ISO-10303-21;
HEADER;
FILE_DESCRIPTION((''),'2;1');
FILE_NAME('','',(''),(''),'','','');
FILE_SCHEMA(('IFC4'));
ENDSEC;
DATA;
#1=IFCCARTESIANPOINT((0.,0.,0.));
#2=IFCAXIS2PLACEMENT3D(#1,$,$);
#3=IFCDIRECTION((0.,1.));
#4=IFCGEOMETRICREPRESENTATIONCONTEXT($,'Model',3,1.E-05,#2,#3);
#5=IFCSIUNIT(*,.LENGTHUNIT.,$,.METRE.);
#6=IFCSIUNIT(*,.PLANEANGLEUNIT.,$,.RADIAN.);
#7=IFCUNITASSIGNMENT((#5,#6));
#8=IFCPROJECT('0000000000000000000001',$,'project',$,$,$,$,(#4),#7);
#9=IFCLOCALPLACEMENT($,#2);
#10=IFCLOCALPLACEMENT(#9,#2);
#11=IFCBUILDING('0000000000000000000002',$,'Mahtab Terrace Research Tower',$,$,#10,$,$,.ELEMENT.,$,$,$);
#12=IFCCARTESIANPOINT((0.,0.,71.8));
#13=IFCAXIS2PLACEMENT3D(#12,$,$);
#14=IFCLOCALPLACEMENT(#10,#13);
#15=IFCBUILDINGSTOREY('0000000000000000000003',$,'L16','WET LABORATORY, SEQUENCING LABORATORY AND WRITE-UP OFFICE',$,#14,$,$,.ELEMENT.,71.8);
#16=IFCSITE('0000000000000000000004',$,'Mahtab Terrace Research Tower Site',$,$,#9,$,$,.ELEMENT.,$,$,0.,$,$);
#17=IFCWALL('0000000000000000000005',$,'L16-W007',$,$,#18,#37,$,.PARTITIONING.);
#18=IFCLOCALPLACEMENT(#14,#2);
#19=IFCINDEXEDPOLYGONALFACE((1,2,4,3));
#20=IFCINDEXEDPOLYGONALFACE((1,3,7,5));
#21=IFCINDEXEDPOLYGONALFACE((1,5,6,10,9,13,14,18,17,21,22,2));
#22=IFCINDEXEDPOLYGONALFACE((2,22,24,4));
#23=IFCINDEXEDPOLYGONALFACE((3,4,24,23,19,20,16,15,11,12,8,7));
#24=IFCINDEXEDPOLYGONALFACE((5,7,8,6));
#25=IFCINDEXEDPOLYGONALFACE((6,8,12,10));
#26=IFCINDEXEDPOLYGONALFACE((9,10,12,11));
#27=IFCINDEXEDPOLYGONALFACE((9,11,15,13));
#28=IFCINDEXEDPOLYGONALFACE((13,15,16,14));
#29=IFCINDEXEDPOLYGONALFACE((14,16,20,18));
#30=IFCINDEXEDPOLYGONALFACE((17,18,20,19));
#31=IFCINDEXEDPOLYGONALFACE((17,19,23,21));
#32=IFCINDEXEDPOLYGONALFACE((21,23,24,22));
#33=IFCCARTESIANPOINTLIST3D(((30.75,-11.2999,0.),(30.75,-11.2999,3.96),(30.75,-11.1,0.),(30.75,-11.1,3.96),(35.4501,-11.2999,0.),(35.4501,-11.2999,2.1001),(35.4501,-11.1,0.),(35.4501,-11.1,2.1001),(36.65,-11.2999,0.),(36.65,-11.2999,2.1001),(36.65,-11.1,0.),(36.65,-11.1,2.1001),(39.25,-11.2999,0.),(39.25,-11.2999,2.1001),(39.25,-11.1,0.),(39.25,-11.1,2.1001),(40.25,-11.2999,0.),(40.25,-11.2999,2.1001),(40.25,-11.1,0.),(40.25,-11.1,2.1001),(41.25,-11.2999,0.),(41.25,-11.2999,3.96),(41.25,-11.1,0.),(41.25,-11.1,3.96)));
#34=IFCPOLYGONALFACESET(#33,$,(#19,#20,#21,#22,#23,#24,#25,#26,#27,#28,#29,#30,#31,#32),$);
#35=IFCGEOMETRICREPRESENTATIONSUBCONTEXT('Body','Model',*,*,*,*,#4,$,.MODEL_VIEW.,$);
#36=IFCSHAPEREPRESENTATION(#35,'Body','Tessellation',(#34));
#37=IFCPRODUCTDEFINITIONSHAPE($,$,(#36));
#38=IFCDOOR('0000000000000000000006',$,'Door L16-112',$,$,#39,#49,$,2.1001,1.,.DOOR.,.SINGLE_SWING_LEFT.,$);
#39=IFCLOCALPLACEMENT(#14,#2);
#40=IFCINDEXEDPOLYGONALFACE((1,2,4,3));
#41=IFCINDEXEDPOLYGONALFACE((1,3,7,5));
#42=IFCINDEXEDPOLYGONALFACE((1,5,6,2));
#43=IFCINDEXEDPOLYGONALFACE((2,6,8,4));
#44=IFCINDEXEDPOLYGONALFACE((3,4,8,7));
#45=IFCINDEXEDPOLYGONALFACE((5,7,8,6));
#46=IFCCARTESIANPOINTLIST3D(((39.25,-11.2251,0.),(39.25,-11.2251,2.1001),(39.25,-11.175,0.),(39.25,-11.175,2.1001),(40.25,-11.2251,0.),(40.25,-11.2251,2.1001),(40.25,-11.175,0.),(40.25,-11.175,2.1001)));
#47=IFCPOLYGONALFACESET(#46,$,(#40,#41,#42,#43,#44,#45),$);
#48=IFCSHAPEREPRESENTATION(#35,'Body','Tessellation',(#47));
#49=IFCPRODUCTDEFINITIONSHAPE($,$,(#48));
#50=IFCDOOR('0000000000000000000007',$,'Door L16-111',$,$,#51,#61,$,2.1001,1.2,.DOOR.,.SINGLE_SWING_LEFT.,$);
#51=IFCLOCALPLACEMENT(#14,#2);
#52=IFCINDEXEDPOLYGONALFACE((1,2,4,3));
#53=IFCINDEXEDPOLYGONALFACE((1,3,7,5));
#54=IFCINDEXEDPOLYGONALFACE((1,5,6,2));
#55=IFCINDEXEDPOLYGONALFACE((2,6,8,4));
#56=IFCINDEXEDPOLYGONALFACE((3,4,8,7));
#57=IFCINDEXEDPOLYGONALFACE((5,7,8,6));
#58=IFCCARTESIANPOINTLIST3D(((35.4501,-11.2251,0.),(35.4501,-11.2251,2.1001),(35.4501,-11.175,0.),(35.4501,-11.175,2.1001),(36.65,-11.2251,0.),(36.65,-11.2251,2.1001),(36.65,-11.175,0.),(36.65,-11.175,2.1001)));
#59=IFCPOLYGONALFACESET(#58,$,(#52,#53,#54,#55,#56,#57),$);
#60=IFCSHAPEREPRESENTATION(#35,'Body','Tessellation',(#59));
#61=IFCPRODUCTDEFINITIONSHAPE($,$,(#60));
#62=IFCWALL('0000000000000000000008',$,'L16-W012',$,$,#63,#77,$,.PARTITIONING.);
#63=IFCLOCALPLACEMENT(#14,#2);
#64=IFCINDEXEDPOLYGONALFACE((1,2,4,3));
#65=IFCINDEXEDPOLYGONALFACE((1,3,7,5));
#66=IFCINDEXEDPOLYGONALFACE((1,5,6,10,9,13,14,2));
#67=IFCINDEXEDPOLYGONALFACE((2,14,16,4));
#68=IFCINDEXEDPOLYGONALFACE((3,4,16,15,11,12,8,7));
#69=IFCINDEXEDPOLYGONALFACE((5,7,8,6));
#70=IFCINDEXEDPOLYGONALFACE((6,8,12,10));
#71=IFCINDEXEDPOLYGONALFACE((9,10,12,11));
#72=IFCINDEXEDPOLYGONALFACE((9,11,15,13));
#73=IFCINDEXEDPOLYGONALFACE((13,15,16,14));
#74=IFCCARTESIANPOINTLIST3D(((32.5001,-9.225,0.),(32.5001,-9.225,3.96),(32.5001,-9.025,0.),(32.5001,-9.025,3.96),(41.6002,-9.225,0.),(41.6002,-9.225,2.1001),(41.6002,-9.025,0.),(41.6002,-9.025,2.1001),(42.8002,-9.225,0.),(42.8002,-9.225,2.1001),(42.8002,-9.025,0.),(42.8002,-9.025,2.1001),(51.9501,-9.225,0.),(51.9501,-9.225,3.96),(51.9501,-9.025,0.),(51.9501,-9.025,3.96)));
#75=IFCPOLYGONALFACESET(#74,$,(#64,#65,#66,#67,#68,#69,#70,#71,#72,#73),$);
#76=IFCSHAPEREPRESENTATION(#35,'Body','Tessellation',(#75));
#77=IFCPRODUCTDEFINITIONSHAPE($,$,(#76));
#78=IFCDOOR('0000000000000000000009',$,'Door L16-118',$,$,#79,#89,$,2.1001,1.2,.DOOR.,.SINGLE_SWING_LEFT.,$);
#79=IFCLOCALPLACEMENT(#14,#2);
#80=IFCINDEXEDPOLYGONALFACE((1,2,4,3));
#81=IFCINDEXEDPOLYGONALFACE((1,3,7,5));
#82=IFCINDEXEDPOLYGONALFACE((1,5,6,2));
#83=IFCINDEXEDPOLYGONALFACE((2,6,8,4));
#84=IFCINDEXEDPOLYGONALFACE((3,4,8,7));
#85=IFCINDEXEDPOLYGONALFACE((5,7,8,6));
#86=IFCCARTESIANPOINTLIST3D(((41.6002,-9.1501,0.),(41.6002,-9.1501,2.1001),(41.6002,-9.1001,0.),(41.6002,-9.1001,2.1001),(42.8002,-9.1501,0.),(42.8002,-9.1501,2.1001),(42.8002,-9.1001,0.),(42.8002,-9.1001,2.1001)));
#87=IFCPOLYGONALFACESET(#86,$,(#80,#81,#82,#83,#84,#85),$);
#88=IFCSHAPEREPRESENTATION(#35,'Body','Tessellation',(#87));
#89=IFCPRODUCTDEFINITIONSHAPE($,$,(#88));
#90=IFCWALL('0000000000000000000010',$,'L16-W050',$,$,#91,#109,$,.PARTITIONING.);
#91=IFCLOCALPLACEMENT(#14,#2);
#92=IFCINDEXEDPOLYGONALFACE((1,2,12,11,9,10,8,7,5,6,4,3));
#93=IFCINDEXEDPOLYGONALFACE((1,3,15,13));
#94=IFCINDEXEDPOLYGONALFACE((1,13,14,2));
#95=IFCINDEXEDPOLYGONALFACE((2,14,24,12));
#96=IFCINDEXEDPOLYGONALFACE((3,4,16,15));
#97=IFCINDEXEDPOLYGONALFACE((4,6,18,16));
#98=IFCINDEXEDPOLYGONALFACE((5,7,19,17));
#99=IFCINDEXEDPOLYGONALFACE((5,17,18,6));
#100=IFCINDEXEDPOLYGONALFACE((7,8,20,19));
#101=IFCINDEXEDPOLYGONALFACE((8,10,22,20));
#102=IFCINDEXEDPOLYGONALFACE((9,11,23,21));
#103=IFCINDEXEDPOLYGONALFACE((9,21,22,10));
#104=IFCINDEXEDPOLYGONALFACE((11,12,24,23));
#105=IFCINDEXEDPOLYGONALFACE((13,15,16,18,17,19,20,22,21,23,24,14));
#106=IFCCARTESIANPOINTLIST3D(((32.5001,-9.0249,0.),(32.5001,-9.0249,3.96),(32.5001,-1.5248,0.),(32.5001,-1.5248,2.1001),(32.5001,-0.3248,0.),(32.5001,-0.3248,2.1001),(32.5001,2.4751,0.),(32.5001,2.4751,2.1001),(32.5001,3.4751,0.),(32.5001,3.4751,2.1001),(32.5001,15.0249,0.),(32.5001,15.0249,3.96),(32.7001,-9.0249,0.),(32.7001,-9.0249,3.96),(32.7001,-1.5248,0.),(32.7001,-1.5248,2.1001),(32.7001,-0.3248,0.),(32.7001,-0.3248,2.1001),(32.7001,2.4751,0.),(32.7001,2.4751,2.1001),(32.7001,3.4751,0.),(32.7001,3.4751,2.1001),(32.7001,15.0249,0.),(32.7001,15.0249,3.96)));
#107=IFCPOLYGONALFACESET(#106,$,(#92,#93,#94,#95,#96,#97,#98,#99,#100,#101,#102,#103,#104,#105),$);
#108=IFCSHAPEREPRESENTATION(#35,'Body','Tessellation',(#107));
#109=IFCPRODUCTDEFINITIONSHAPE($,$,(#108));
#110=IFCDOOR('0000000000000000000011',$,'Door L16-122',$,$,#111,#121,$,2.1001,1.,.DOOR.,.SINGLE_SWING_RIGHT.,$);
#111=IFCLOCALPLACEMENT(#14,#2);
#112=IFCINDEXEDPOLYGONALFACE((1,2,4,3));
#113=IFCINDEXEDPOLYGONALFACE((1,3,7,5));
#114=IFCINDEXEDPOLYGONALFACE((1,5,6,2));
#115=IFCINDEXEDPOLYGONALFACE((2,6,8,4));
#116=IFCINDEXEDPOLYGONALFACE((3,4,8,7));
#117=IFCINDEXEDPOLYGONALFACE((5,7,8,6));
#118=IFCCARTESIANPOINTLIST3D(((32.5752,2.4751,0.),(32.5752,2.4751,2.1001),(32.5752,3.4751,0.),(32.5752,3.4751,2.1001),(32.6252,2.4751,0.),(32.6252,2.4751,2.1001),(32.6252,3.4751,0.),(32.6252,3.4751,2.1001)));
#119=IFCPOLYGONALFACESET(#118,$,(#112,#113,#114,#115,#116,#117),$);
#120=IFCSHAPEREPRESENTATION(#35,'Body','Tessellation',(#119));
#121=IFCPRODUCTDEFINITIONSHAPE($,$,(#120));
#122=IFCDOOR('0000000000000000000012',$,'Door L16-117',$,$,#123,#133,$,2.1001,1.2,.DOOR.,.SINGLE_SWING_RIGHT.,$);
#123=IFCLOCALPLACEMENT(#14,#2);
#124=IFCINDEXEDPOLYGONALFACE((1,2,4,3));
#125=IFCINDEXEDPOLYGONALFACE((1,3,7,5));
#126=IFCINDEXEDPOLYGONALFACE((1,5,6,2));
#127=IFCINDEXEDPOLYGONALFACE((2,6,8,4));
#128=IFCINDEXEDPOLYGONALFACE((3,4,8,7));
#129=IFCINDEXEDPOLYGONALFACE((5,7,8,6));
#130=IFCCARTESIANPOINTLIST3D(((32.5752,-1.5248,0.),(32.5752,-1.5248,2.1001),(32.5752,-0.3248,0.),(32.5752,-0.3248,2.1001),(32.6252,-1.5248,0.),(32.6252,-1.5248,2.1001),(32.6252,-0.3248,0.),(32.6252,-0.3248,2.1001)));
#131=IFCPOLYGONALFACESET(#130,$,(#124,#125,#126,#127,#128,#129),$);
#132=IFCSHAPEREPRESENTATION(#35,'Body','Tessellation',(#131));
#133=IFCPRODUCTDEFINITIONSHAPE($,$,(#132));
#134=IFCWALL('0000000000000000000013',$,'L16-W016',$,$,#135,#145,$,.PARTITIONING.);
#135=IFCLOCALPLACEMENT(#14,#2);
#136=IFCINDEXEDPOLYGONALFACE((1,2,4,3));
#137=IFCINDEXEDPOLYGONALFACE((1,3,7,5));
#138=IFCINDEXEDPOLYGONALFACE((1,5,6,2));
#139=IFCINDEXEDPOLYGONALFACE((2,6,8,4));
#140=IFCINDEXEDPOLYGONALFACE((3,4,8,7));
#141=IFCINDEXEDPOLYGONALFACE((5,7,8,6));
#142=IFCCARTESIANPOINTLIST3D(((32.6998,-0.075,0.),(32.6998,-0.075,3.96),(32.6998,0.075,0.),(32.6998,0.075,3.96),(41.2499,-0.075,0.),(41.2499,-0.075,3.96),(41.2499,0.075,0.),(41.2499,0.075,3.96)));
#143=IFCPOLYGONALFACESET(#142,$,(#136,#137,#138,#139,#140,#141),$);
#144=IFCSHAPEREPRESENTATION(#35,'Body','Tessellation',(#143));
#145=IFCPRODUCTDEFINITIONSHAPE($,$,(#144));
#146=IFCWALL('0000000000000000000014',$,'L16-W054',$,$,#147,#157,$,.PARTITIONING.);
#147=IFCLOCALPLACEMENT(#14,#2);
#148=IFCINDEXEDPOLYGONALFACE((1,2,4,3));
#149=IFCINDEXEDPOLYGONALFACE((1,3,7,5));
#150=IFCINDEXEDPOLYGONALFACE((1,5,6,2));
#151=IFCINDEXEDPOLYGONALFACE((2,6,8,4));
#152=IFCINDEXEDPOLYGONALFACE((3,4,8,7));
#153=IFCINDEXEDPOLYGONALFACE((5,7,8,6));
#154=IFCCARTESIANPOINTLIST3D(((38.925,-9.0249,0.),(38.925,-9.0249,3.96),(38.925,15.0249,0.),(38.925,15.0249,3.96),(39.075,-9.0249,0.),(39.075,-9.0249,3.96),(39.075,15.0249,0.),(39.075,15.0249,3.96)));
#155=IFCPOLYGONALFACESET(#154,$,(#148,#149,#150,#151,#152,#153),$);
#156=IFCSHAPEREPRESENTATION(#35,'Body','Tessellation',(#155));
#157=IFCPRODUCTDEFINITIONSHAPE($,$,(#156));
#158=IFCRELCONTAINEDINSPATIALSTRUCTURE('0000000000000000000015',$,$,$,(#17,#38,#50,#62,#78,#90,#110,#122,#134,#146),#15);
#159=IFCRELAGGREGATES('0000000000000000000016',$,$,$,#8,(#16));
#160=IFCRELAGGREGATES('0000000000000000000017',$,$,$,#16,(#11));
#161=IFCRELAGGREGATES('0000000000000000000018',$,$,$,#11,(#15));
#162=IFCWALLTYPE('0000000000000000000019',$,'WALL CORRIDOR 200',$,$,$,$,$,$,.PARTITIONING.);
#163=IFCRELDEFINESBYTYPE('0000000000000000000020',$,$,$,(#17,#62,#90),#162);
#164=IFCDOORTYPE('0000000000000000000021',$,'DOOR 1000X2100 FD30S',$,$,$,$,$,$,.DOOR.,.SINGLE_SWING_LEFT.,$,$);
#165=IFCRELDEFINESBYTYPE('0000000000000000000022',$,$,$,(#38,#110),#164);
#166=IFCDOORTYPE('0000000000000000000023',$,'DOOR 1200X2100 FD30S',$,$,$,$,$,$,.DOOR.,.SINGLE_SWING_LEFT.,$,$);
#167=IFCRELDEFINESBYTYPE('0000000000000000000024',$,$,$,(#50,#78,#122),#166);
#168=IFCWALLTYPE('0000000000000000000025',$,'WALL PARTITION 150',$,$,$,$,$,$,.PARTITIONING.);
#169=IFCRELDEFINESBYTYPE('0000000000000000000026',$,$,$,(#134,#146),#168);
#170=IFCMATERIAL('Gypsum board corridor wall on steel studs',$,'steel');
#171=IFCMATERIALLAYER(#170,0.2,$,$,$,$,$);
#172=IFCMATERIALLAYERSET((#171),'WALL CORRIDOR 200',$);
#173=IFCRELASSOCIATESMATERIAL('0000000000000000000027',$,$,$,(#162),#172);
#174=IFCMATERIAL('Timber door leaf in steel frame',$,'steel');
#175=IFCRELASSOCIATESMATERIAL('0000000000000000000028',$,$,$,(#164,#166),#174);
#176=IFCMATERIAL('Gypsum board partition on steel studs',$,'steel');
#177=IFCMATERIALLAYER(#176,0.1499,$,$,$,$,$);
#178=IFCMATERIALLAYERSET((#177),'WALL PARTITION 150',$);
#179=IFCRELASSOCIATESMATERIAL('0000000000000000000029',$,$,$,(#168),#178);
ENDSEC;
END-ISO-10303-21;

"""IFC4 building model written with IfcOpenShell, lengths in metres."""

from ifc_helpers import new_model, si_unit, direction, frame, frame_2d, origin, place, context, subcontext, project, spatial, rectangle, extrude, material, layer, layer_set, type_object, element, fill, save


model = new_model("IFC4")

# Units and contexts
model_context = context("Model", 3, precision=1e-05, world=origin(), true_north=direction((0.0, 1.0)))
body_context = subcontext(model_context, "Body", "Model", "MODEL_VIEW")
ifc_project = project(units=[si_unit("LENGTHUNIT", "METRE"), si_unit("PLANEANGLEUNIT", "RADIAN")], contexts=[model_context])

# Site, building, storey
site_placement = place(None, origin())
site = spatial("IfcSite", under=ifc_project, at=site_placement, Name="Mahtab Terrace Research Tower Site", CompositionType="ELEMENT", RefElevation=0.0)
building_placement = place(site_placement, origin())
building = spatial("IfcBuilding", under=site, at=building_placement, Name="Mahtab Terrace Research Tower", CompositionType="ELEMENT")
storey_placement = place(building_placement, frame((0.0, 0.0, 71.8)))
storey = spatial("IfcBuildingStorey", under=building, at=storey_placement, Name="L16", Description="WET LABORATORY, SEQUENCING LABORATORY AND WRITE-UP OFFICE", CompositionType="ELEMENT", Elevation=71.8)

# Wall, openings, doors
ifc_material_1 = material(Name="Gypsum board corridor wall on steel studs", Category="steel")
ifc_layer_1 = layer(ifc_material_1, 0.2)
ifc_layer_set_1 = layer_set([ifc_layer_1], Name="WALL CORRIDOR 200")
wall_type_1 = type_object("IfcWallType", Name="WALL CORRIDOR 200", PredefinedType="PARTITIONING", material=ifc_layer_set_1)
wall_1_placement = place(storey_placement, frame((30.75, -11.2, 0.0), z_axis=(0.0, 0.0, 1.0), x_axis=(1.0, 0.0, 0.0)))
wall_1 = element("IfcWall", 1, at=wall_1_placement, inside=storey, type_object=wall_type_1, Name="L16-W007", PredefinedType="PARTITIONING", context=body_context, shape_type="SweptSolid", body=[
    extrude(rectangle(XDim=10.5, YDim=0.2, at=frame_2d((5.25, 0.0))), origin(), (0.0, 0.0, 1.0), 3.96),
])
opening_1_placement = place(wall_1_placement, frame((4.7, 0.0, 0.0)))
opening_1 = element("IfcOpeningElement", 2, at=opening_1_placement, cuts=wall_1, PredefinedType="OPENING", context=body_context, shape_type="SweptSolid", body=[
    extrude(rectangle(XDim=1.2, YDim=2.1001, at=frame_2d((0.6001, 1.05))), frame((0.0, 0.1099, 0.0), z_axis=(0.0, -1.0, 0.0), x_axis=(1.0, 0.0, 0.0)), (0.0, 0.0, 1.0), 0.22),
])
opening_2_placement = place(wall_1_placement, frame((8.5, 0.0, 0.0)))
opening_2 = element("IfcOpeningElement", 3, at=opening_2_placement, cuts=wall_1, PredefinedType="OPENING", context=body_context, shape_type="SweptSolid", body=[
    extrude(rectangle(XDim=1.0, YDim=2.1001, at=frame_2d((0.5, 1.05))), frame((0.0, 0.1099, 0.0), z_axis=(0.0, -1.0, 0.0), x_axis=(1.0, 0.0, 0.0)), (0.0, 0.0, 1.0), 0.22),
])
ifc_material_2 = material(Name="Timber door leaf in steel frame", Category="steel")
door_type_1 = type_object("IfcDoorType", Name="DOOR 1000X2100 FD30S", OperationType="SINGLE_SWING_LEFT", PredefinedType="DOOR", material=ifc_material_2)
door_1_placement = place(opening_2_placement, origin())
door_1 = element("IfcDoor", 4, at=door_1_placement, inside=storey, type_object=door_type_1, Name="Door L16-112", OperationType="SINGLE_SWING_LEFT", OverallHeight=2.1001, OverallWidth=1.0, PredefinedType="DOOR", context=body_context, shape_type="SweptSolid", body=[
    extrude(rectangle(XDim=1.0, YDim=2.1001, at=frame_2d((0.5, 1.05))), frame((0.0, 0.0249, 0.0), z_axis=(0.0, -1.0, 0.0), x_axis=(1.0, 0.0, 0.0)), (0.0, 0.0, 1.0), 0.05),
])
fill(opening_2, door_1)
door_type_2 = type_object("IfcDoorType", Name="DOOR 1200X2100 FD30S", OperationType="SINGLE_SWING_LEFT", PredefinedType="DOOR", material=ifc_material_2)
door_2_placement = place(opening_1_placement, origin())
door_2 = element("IfcDoor", 5, at=door_2_placement, inside=storey, type_object=door_type_2, Name="Door L16-111", OperationType="SINGLE_SWING_LEFT", OverallHeight=2.1001, OverallWidth=1.2, PredefinedType="DOOR", context=body_context, shape_type="SweptSolid", body=[
    extrude(rectangle(XDim=1.2, YDim=2.1001, at=frame_2d((0.6001, 1.05))), frame((0.0, 0.0249, 0.0), z_axis=(0.0, -1.0, 0.0), x_axis=(1.0, 0.0, 0.0)), (0.0, 0.0, 1.0), 0.05),
])
fill(opening_1, door_2)

# Wall, opening, door
wall_2_placement = place(storey_placement, frame((32.5, -9.125, 0.0), z_axis=(0.0, 0.0, 1.0), x_axis=(1.0, 0.0, 0.0)))
wall_2 = element("IfcWall", 6, at=wall_2_placement, inside=storey, type_object=wall_type_1, Name="L16-W012", PredefinedType="PARTITIONING", context=body_context, shape_type="SweptSolid", body=[
    extrude(rectangle(XDim=19.45, YDim=0.2, at=frame_2d((9.7251, 0.0))), origin(), (0.0, 0.0, 1.0), 3.96),
])
opening_3_placement = place(wall_2_placement, frame((9.1001, 0.0, 0.0)))
opening_3 = element("IfcOpeningElement", 7, at=opening_3_placement, cuts=wall_2, PredefinedType="OPENING", context=body_context, shape_type="SweptSolid", body=[
    extrude(rectangle(XDim=1.2, YDim=2.1001, at=frame_2d((0.6001, 1.05))), frame((0.0, 0.1099, 0.0), z_axis=(0.0, -1.0, 0.0), x_axis=(1.0, 0.0, 0.0)), (0.0, 0.0, 1.0), 0.22),
])
door_3_placement = place(opening_3_placement, origin())
door_3 = element("IfcDoor", 8, at=door_3_placement, inside=storey, type_object=door_type_2, Name="Door L16-118", OperationType="SINGLE_SWING_LEFT", OverallHeight=2.1001, OverallWidth=1.2, PredefinedType="DOOR", context=body_context, shape_type="SweptSolid", body=[
    extrude(rectangle(XDim=1.2, YDim=2.1001, at=frame_2d((0.6001, 1.05))), frame((0.0, 0.0249, 0.0), z_axis=(0.0, -1.0, 0.0), x_axis=(1.0, 0.0, 0.0)), (0.0, 0.0, 1.0), 0.05),
])
fill(opening_3, door_3)

# Wall, openings, doors
wall_3_placement = place(storey_placement, frame((32.6001, -9.0249, 0.0), z_axis=(0.0, 0.0, 1.0), x_axis=(0.0, 1.0, 0.0)))
wall_3 = element("IfcWall", 9, at=wall_3_placement, inside=storey, type_object=wall_type_1, Name="L16-W050", PredefinedType="PARTITIONING", context=body_context, shape_type="SweptSolid", body=[
    extrude(rectangle(XDim=24.0498, YDim=0.2, at=frame_2d((12.0249, 0.0))), origin(), (0.0, 0.0, 1.0), 3.96),
])
opening_4_placement = place(wall_3_placement, frame((7.5, 0.0, 0.0)))
opening_4 = element("IfcOpeningElement", 10, at=opening_4_placement, cuts=wall_3, PredefinedType="OPENING", context=body_context, shape_type="SweptSolid", body=[
    extrude(rectangle(XDim=1.2, YDim=2.1001, at=frame_2d((0.6001, 1.05))), frame((0.0, 0.1099, 0.0), z_axis=(0.0, -1.0, 0.0), x_axis=(1.0, 0.0, 0.0)), (0.0, 0.0, 1.0), 0.22),
])
opening_5_placement = place(wall_3_placement, frame((11.5, 0.0, 0.0)))
opening_5 = element("IfcOpeningElement", 11, at=opening_5_placement, cuts=wall_3, PredefinedType="OPENING", context=body_context, shape_type="SweptSolid", body=[
    extrude(rectangle(XDim=1.0, YDim=2.1001, at=frame_2d((0.5, 1.05))), frame((0.0, 0.1099, 0.0), z_axis=(0.0, -1.0, 0.0), x_axis=(1.0, 0.0, 0.0)), (0.0, 0.0, 1.0), 0.22),
])
door_4_placement = place(opening_5_placement, origin())
door_4 = element("IfcDoor", 12, at=door_4_placement, inside=storey, type_object=door_type_1, Name="Door L16-122", OperationType="SINGLE_SWING_RIGHT", OverallHeight=2.1001, OverallWidth=1.0, PredefinedType="DOOR", context=body_context, shape_type="SweptSolid", body=[
    extrude(rectangle(XDim=1.0, YDim=2.1001, at=frame_2d((0.5, 1.05))), frame((0.0, 0.0249, 0.0), z_axis=(0.0, -1.0, 0.0), x_axis=(1.0, 0.0, 0.0)), (0.0, 0.0, 1.0), 0.05),
])
fill(opening_5, door_4)
door_5_placement = place(opening_4_placement, origin())
door_5 = element("IfcDoor", 13, at=door_5_placement, inside=storey, type_object=door_type_2, Name="Door L16-117", OperationType="SINGLE_SWING_RIGHT", OverallHeight=2.1001, OverallWidth=1.2, PredefinedType="DOOR", context=body_context, shape_type="SweptSolid", body=[
    extrude(rectangle(XDim=1.2, YDim=2.1001, at=frame_2d((0.6001, 1.05))), frame((0.0, 0.0249, 0.0), z_axis=(0.0, -1.0, 0.0), x_axis=(1.0, 0.0, 0.0)), (0.0, 0.0, 1.0), 0.05),
])
fill(opening_4, door_5)

# Walls
ifc_material_3 = material(Name="Gypsum board partition on steel studs", Category="steel")
ifc_layer_2 = layer(ifc_material_3, 0.1499)
ifc_layer_set_2 = layer_set([ifc_layer_2], Name="WALL PARTITION 150")
wall_type_2 = type_object("IfcWallType", Name="WALL PARTITION 150", PredefinedType="PARTITIONING", material=ifc_layer_set_2)
wall_4_placement = place(storey_placement, frame((32.7, 0.0, 0.0), z_axis=(0.0, 0.0, 1.0), x_axis=(1.0, 0.0, 0.0)))
element("IfcWall", 14, at=wall_4_placement, inside=storey, type_object=wall_type_2, Name="L16-W016", PredefinedType="PARTITIONING", context=body_context, shape_type="SweptSolid", body=[
    extrude(rectangle(XDim=8.55, YDim=0.1499, at=frame_2d((4.2749, 0.0))), origin(), (0.0, 0.0, 1.0), 3.96),
])
wall_5_placement = place(storey_placement, frame((39.0, -9.0249, 0.0), z_axis=(0.0, 0.0, 1.0), x_axis=(0.0, 1.0, 0.0)))
element("IfcWall", 15, at=wall_5_placement, inside=storey, type_object=wall_type_2, Name="L16-W054", PredefinedType="PARTITIONING", context=body_context, shape_type="SweptSolid", body=[
    extrude(rectangle(XDim=24.0498, YDim=0.1499, at=frame_2d((12.0249, 0.0))), origin(), (0.0, 0.0, 1.0), 3.96),
])

save(model, "model.ifc")
